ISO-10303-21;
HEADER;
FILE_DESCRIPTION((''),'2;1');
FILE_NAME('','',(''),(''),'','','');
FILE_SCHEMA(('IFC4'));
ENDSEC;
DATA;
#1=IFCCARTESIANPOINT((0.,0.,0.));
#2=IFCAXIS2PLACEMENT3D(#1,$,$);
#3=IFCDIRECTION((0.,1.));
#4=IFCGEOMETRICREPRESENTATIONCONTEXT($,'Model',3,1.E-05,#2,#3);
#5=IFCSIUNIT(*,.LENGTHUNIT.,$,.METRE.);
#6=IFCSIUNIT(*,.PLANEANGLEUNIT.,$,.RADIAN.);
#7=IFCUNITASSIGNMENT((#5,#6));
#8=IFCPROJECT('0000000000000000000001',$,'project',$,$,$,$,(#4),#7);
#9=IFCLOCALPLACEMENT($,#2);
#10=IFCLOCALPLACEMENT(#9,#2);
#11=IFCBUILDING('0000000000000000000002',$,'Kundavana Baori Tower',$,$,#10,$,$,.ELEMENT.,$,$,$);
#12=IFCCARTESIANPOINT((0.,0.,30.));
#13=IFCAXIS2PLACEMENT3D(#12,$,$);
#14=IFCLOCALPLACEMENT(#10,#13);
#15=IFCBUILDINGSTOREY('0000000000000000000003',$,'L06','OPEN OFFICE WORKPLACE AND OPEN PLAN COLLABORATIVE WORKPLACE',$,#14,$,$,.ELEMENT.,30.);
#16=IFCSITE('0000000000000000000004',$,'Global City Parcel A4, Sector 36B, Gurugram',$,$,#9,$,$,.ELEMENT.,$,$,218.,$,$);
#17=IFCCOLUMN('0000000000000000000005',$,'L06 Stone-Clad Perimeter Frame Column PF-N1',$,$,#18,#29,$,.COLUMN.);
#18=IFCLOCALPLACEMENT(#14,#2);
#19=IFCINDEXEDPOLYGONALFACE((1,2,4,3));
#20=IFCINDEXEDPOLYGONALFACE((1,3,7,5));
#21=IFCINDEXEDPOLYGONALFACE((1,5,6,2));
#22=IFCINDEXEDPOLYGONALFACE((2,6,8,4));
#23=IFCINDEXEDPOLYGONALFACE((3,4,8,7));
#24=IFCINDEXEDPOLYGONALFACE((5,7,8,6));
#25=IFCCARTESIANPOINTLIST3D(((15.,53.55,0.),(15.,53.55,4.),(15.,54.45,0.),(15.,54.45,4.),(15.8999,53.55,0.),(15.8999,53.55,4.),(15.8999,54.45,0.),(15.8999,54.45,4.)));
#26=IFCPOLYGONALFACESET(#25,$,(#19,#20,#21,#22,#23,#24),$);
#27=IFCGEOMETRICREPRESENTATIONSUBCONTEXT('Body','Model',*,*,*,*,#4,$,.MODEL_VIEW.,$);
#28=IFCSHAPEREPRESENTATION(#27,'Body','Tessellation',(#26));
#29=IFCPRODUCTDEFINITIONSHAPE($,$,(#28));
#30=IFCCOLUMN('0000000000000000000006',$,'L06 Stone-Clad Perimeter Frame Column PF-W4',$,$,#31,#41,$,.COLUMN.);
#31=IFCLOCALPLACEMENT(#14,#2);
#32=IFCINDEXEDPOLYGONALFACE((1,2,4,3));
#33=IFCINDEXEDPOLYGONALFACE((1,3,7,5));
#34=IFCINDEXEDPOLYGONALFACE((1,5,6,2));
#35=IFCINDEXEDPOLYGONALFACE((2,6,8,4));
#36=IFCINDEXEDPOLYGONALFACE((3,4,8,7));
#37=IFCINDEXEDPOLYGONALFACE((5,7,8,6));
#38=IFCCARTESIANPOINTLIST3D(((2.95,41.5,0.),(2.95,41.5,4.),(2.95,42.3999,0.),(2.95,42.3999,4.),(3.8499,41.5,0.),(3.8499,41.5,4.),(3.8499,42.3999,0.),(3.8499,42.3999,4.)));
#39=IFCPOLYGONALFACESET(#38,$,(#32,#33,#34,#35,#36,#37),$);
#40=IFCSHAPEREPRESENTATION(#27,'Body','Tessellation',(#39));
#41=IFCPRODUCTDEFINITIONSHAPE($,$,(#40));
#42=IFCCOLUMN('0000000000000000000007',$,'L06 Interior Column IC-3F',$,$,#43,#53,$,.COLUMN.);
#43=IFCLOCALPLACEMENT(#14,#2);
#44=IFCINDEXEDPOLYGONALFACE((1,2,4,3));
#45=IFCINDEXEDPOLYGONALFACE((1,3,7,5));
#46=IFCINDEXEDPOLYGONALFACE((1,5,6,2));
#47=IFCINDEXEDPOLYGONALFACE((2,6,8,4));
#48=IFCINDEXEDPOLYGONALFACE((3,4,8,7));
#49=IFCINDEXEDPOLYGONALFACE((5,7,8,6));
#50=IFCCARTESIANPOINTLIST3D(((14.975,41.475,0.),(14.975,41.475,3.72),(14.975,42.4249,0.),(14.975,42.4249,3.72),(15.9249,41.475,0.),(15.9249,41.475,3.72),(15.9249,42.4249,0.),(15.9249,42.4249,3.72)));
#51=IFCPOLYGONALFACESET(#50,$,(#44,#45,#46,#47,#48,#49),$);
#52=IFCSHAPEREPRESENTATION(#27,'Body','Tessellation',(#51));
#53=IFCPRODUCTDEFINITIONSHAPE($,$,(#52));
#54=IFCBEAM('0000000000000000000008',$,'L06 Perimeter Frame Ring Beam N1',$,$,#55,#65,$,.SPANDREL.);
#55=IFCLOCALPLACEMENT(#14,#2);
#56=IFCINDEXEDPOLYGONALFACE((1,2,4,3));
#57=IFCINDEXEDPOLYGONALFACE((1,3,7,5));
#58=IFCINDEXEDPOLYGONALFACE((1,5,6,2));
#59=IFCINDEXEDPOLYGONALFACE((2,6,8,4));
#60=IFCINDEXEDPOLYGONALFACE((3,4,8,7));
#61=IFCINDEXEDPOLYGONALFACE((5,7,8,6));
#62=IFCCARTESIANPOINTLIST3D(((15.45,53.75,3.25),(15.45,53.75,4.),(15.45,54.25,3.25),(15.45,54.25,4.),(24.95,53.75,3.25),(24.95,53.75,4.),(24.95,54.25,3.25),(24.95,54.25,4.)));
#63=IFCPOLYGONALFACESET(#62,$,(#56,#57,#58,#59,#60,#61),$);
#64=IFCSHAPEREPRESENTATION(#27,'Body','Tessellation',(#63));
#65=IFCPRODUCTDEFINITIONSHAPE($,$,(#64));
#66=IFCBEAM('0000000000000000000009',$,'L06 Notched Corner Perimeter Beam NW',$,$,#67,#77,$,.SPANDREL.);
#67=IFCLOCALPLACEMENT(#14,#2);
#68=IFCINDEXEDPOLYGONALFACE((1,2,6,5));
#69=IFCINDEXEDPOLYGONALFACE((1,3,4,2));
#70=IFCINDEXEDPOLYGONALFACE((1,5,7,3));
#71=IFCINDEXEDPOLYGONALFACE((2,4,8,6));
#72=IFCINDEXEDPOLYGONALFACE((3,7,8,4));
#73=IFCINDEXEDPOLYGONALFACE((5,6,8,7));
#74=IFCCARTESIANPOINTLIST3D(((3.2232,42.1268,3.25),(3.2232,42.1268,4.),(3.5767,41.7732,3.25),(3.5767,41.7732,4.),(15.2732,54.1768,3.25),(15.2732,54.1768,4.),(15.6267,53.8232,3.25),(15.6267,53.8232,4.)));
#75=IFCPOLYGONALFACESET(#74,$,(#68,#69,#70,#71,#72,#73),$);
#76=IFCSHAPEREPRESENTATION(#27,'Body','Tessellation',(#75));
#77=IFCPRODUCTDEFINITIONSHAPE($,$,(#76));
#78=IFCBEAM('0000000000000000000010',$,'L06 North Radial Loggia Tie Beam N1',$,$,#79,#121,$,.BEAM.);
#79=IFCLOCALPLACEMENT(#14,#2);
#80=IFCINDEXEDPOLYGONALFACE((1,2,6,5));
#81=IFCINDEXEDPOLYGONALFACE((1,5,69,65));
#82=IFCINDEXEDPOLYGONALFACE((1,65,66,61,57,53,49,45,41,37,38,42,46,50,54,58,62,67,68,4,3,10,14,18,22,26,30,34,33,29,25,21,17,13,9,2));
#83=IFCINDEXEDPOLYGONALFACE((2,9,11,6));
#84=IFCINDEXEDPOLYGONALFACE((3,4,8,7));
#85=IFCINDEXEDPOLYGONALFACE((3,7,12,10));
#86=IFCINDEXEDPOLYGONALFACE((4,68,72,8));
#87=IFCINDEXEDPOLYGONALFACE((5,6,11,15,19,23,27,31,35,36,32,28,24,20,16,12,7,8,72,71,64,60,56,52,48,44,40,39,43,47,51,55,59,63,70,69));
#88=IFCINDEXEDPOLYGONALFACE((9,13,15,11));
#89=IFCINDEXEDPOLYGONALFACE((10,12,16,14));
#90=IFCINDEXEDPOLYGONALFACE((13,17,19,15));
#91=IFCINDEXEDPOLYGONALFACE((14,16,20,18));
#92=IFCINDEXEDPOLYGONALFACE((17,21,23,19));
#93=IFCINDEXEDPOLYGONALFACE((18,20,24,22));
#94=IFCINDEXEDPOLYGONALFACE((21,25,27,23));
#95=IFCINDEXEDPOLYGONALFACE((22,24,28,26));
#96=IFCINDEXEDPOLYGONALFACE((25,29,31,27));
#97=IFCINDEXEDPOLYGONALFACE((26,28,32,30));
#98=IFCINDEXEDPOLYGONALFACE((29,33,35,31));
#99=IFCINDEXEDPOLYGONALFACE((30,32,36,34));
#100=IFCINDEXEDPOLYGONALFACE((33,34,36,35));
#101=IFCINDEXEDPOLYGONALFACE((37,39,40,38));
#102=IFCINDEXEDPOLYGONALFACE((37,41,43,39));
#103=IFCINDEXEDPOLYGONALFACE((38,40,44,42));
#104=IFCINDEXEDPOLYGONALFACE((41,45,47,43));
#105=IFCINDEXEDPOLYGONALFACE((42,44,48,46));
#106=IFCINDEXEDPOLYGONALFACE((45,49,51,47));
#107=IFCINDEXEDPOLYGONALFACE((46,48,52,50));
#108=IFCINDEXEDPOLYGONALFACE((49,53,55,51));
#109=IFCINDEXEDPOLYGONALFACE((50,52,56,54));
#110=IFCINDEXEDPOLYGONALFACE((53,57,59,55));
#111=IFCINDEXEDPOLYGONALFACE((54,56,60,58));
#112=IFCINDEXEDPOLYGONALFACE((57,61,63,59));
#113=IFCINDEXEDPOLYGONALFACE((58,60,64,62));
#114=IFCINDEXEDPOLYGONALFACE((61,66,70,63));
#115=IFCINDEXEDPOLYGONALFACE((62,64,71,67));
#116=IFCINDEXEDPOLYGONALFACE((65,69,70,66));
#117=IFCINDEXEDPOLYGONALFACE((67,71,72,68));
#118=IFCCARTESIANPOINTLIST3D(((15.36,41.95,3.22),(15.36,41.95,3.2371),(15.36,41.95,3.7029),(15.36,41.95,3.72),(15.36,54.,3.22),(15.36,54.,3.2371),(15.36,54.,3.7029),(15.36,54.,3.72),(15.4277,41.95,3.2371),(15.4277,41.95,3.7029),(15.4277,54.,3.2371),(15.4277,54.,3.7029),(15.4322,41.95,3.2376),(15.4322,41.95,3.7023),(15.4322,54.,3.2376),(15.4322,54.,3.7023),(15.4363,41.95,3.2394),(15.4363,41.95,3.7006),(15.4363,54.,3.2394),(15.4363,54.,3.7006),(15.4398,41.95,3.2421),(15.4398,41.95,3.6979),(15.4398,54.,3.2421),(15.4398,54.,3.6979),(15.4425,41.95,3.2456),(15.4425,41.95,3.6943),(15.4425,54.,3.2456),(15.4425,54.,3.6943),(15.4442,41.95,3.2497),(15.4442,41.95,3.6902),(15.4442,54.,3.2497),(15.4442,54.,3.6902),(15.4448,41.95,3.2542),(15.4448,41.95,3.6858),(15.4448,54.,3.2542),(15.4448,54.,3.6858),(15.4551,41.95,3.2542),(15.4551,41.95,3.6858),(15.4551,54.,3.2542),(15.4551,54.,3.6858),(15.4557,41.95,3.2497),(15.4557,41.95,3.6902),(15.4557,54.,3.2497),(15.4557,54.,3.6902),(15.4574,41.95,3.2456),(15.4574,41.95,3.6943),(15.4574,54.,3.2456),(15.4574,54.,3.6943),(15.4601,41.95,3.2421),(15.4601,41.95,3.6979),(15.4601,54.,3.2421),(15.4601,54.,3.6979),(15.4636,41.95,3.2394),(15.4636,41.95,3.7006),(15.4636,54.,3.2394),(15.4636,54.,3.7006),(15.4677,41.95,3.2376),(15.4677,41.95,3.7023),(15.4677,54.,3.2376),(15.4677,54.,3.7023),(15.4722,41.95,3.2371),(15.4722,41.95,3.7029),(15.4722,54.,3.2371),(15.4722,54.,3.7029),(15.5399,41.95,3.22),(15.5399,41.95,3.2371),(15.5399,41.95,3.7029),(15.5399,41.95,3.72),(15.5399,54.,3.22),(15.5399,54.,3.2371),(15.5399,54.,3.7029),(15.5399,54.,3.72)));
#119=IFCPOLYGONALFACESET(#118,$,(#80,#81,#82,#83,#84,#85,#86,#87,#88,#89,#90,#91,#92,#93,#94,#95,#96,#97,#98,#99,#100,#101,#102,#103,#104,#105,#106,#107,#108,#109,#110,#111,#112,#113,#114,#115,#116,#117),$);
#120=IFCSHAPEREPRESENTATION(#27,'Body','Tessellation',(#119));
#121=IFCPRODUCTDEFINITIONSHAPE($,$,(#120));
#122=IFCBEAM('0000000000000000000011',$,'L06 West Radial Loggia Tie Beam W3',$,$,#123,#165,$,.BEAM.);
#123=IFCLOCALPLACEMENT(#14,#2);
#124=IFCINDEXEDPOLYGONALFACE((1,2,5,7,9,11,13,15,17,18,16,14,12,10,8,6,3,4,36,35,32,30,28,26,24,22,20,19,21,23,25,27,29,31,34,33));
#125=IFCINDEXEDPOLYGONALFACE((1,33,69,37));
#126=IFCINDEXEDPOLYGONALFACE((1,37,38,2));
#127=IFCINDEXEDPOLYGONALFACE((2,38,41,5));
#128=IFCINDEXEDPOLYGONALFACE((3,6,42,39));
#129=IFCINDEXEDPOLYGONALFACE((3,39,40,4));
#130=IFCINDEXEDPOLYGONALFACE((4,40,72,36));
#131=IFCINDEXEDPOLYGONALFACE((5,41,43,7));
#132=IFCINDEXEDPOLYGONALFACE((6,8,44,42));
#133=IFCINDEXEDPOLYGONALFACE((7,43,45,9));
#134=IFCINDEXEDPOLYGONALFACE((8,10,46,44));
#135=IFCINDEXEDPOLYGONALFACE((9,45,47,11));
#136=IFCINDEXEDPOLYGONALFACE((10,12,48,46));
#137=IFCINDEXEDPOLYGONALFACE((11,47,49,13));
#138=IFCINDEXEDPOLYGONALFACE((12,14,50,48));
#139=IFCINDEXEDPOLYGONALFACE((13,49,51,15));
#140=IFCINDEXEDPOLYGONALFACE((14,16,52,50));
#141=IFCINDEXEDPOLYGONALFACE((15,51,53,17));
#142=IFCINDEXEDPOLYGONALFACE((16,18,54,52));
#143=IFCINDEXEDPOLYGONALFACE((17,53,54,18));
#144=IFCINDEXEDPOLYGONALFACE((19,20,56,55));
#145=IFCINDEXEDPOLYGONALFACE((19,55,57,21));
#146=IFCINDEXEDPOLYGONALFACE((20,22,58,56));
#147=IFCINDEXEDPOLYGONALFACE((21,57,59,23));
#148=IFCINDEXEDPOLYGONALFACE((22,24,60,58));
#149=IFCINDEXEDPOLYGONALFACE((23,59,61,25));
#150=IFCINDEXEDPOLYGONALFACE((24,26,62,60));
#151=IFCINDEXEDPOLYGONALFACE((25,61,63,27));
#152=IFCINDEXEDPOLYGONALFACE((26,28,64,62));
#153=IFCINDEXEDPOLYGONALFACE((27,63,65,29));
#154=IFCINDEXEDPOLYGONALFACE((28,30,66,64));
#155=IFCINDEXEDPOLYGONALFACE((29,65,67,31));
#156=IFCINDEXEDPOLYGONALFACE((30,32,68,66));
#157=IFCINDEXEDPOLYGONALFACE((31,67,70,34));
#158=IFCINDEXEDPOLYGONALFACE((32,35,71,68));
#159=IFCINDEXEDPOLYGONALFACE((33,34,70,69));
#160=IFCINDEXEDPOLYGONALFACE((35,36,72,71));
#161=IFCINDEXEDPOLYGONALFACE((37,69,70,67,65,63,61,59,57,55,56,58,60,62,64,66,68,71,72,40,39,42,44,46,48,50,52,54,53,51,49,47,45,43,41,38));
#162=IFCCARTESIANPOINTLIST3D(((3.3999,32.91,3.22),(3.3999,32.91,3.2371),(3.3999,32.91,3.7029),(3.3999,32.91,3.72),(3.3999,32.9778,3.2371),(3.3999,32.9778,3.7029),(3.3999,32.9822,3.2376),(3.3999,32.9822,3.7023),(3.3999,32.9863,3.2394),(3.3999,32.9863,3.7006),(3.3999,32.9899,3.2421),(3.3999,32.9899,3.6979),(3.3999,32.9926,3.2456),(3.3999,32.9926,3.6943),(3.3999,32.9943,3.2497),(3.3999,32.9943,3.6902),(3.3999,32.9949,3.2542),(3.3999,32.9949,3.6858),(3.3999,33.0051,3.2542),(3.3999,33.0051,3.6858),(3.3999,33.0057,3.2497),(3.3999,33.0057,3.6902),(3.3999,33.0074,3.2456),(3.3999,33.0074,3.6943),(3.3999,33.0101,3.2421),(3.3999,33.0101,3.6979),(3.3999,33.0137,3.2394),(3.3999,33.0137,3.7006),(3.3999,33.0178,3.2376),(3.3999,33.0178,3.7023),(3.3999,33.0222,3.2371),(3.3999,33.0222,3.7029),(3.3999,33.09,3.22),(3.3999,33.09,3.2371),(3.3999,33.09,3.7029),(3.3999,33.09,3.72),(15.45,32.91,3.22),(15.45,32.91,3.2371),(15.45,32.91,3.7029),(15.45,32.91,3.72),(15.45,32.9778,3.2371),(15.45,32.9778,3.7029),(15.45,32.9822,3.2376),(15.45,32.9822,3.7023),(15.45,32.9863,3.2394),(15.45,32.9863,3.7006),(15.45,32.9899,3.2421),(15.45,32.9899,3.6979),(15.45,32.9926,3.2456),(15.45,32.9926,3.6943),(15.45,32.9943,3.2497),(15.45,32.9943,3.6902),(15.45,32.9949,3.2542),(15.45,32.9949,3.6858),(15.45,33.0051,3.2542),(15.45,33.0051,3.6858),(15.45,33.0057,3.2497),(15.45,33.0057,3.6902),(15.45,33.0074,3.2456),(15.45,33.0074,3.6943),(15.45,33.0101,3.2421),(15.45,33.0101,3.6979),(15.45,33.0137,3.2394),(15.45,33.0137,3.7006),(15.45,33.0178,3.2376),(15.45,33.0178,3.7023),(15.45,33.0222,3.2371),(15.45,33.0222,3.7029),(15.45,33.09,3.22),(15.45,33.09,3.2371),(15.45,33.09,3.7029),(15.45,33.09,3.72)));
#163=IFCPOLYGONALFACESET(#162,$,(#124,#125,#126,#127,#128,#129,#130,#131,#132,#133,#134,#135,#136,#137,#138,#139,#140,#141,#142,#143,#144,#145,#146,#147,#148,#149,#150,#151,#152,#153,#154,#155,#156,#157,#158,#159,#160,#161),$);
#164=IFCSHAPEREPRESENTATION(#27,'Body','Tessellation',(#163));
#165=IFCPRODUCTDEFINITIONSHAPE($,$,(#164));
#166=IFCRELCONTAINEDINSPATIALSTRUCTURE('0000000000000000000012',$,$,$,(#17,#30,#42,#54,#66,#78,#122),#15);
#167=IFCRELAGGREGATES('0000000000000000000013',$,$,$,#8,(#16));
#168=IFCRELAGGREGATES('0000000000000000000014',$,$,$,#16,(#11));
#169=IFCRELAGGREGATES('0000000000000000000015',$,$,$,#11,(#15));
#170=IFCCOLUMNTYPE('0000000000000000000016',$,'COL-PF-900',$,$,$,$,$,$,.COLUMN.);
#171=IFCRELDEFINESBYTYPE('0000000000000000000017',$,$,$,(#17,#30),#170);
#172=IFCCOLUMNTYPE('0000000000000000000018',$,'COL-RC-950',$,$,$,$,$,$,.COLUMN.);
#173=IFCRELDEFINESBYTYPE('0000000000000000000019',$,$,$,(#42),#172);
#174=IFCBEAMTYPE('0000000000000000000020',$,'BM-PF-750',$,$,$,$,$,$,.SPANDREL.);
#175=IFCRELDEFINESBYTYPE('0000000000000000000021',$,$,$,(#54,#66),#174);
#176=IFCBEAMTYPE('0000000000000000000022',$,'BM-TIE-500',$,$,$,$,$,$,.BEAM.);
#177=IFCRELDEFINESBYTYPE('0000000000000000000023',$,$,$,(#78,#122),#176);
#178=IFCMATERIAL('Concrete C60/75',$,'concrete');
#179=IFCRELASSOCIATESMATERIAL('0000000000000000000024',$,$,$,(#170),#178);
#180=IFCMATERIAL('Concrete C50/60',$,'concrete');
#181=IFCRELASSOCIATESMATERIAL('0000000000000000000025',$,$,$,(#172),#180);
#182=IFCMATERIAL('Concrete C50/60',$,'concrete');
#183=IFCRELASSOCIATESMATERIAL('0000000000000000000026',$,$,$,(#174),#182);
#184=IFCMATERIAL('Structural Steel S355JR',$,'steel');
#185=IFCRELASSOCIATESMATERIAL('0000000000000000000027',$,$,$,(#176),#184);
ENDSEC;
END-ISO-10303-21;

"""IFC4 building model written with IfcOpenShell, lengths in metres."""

from ifc_helpers import new_model, si_unit, direction, frame, origin, origin_2d, place, context, subcontext, project, spatial, rectangle, i_section, extrude, material, material_profile, profile_set, type_object, element, save


model = new_model("IFC4")

# Units and contexts
model_context = context("Model", 3, precision=1e-05, world=origin(), true_north=direction((0.0, 1.0)))
body_context = subcontext(model_context, "Body", "Model", "MODEL_VIEW")
ifc_project = project(units=[si_unit("LENGTHUNIT", "METRE"), si_unit("PLANEANGLEUNIT", "RADIAN")], contexts=[model_context])

# Site, building, storey
site_placement = place(None, origin())
site = spatial("IfcSite", under=ifc_project, at=site_placement, Name="Global City Parcel A4, Sector 36B, Gurugram", CompositionType="ELEMENT", RefElevation=218.0)
building_placement = place(site_placement, origin())
building = spatial("IfcBuilding", under=site, at=building_placement, Name="Kundavana Baori Tower", CompositionType="ELEMENT")
storey_placement = place(building_placement, frame((0.0, 0.0, 30.0)))
storey = spatial("IfcBuildingStorey", under=building, at=storey_placement, Name="L06", Description="OPEN OFFICE WORKPLACE AND OPEN PLAN COLLABORATIVE WORKPLACE", CompositionType="ELEMENT", Elevation=30.0)

# Columns
ifc_material_1 = material(Name="Concrete C60/75", Category="concrete")
ifc_material_profile_1 = material_profile(ifc_material_1, rectangle(XDim=0.8999, YDim=0.8999, at=origin_2d()), Name="RC PF 900x900")
ifc_profile_set_1 = profile_set([ifc_material_profile_1], Name="Concrete C60/75")
column_type_1 = type_object("IfcColumnType", Name="COL-PF-900", PredefinedType="COLUMN", material=ifc_profile_set_1)
for number, where, z_axis, x_axis, name in (
    (1, (15.45, 54.0, 0.0), (0.0, 0.0, 1.0), (1.0, 0.0, 0.0), "L06 Stone-Clad Perimeter Frame Column PF-N1"),
    (2, (3.3999, 41.95, 0.0), (0.0, 0.0, 1.0), (1.0, 0.0, 0.0), "L06 Stone-Clad Perimeter Frame Column PF-W4"),
):
    element("IfcColumn", number, at=place(storey_placement, frame(where, z_axis=z_axis, x_axis=x_axis)), inside=storey, type_object=column_type_1, Name=name, PredefinedType="COLUMN", context=body_context, shape_type="SweptSolid", body=[
        extrude(rectangle(XDim=0.8999, YDim=0.8999, at=origin_2d()), origin(), (0.0, 0.0, 1.0), 4.0),
    ])
ifc_material_2 = material(Name="Concrete C50/60", Category="concrete")
ifc_material_profile_2 = material_profile(ifc_material_2, rectangle(XDim=0.95, YDim=0.95, at=origin_2d()), Name="RC 950x950")
ifc_profile_set_2 = profile_set([ifc_material_profile_2], Name="Concrete C50/60")
column_type_2 = type_object("IfcColumnType", Name="COL-RC-950", PredefinedType="COLUMN", material=ifc_profile_set_2)
column_placement = place(storey_placement, frame((15.45, 41.95, 0.0), z_axis=(0.0, 0.0, 1.0), x_axis=(1.0, 0.0, 0.0)))
element("IfcColumn", 3, at=column_placement, inside=storey, type_object=column_type_2, Name="L06 Interior Column IC-3F", PredefinedType="COLUMN", context=body_context, shape_type="SweptSolid", body=[
    extrude(rectangle(XDim=0.95, YDim=0.95, at=origin_2d()), origin(), (0.0, 0.0, 1.0), 3.72),
])

# Beams
ifc_material_3 = material(Name="Concrete C50/60", Category="concrete")
ifc_material_profile_3 = material_profile(ifc_material_3, rectangle(XDim=0.5, YDim=0.75, at=origin_2d()), Name="RC BM 500x750")
ifc_profile_set_3 = profile_set([ifc_material_profile_3], Name="Concrete C50/60")
beam_type_1 = type_object("IfcBeamType", Name="BM-PF-750", PredefinedType="SPANDREL", material=ifc_profile_set_3)
beam_1_placement = place(storey_placement, frame((15.45, 54.0, 3.625), z_axis=(1.0, 0.0, 0.0), x_axis=(0.0, 1.0, 0.0)))
element("IfcBeam", 4, at=beam_1_placement, inside=storey, type_object=beam_type_1, Name="L06 Perimeter Frame Ring Beam N1", PredefinedType="SPANDREL", context=body_context, shape_type="SweptSolid", body=[
    extrude(rectangle(XDim=0.5, YDim=0.75, at=origin_2d()), origin(), (0.0, 0.0, 1.0), 9.5),
])
beam_2_placement = place(storey_placement, frame((15.45, 54.0, 3.625), z_axis=(-0.707107, -0.707107, 0.0), x_axis=(0.707107, -0.707107, 0.0)))
element("IfcBeam", 5, at=beam_2_placement, inside=storey, type_object=beam_type_1, Name="L06 Notched Corner Perimeter Beam NW", PredefinedType="SPANDREL", context=body_context, shape_type="SweptSolid", body=[
    extrude(rectangle(XDim=0.5, YDim=0.75, at=origin_2d()), origin(), (0.0, 0.0, 1.0), 17.0413),
])
ifc_material_4 = material(Name="Structural Steel S355JR", Category="steel")
ifc_material_profile_4 = material_profile(ifc_material_4, i_section(OverallWidth=0.1799, OverallDepth=0.5, WebThickness=0.0103, FlangeThickness=0.0171, FilletRadius=0.0171, at=origin_2d()), Name="ISMB 500")
ifc_profile_set_4 = profile_set([ifc_material_profile_4], Name="Structural Steel S355JR")
beam_type_2 = type_object("IfcBeamType", Name="BM-TIE-500", PredefinedType="BEAM", material=ifc_profile_set_4)
for number, where, z_axis, x_axis, name in (
    (6, (15.45, 41.95, 3.47), (0.0, 1.0, 0.0), (-1.0, 0.0, 0.0), "L06 North Radial Loggia Tie Beam N1"),
    (7, (15.45, 33.0, 3.47), (-1.0, 0.0, 0.0), (0.0, -1.0, 0.0), "L06 West Radial Loggia Tie Beam W3"),
):
    element("IfcBeam", number, at=place(storey_placement, frame(where, z_axis=z_axis, x_axis=x_axis)), inside=storey, type_object=beam_type_2, Name=name, PredefinedType="BEAM", context=body_context, shape_type="SweptSolid", body=[
        extrude(i_section(OverallWidth=0.1799, OverallDepth=0.5, WebThickness=0.0103, FlangeThickness=0.0171, FilletRadius=0.0171, at=origin_2d()), origin(), (0.0, 0.0, 1.0), 12.05),
    ])

save(model, "model.ifc")
